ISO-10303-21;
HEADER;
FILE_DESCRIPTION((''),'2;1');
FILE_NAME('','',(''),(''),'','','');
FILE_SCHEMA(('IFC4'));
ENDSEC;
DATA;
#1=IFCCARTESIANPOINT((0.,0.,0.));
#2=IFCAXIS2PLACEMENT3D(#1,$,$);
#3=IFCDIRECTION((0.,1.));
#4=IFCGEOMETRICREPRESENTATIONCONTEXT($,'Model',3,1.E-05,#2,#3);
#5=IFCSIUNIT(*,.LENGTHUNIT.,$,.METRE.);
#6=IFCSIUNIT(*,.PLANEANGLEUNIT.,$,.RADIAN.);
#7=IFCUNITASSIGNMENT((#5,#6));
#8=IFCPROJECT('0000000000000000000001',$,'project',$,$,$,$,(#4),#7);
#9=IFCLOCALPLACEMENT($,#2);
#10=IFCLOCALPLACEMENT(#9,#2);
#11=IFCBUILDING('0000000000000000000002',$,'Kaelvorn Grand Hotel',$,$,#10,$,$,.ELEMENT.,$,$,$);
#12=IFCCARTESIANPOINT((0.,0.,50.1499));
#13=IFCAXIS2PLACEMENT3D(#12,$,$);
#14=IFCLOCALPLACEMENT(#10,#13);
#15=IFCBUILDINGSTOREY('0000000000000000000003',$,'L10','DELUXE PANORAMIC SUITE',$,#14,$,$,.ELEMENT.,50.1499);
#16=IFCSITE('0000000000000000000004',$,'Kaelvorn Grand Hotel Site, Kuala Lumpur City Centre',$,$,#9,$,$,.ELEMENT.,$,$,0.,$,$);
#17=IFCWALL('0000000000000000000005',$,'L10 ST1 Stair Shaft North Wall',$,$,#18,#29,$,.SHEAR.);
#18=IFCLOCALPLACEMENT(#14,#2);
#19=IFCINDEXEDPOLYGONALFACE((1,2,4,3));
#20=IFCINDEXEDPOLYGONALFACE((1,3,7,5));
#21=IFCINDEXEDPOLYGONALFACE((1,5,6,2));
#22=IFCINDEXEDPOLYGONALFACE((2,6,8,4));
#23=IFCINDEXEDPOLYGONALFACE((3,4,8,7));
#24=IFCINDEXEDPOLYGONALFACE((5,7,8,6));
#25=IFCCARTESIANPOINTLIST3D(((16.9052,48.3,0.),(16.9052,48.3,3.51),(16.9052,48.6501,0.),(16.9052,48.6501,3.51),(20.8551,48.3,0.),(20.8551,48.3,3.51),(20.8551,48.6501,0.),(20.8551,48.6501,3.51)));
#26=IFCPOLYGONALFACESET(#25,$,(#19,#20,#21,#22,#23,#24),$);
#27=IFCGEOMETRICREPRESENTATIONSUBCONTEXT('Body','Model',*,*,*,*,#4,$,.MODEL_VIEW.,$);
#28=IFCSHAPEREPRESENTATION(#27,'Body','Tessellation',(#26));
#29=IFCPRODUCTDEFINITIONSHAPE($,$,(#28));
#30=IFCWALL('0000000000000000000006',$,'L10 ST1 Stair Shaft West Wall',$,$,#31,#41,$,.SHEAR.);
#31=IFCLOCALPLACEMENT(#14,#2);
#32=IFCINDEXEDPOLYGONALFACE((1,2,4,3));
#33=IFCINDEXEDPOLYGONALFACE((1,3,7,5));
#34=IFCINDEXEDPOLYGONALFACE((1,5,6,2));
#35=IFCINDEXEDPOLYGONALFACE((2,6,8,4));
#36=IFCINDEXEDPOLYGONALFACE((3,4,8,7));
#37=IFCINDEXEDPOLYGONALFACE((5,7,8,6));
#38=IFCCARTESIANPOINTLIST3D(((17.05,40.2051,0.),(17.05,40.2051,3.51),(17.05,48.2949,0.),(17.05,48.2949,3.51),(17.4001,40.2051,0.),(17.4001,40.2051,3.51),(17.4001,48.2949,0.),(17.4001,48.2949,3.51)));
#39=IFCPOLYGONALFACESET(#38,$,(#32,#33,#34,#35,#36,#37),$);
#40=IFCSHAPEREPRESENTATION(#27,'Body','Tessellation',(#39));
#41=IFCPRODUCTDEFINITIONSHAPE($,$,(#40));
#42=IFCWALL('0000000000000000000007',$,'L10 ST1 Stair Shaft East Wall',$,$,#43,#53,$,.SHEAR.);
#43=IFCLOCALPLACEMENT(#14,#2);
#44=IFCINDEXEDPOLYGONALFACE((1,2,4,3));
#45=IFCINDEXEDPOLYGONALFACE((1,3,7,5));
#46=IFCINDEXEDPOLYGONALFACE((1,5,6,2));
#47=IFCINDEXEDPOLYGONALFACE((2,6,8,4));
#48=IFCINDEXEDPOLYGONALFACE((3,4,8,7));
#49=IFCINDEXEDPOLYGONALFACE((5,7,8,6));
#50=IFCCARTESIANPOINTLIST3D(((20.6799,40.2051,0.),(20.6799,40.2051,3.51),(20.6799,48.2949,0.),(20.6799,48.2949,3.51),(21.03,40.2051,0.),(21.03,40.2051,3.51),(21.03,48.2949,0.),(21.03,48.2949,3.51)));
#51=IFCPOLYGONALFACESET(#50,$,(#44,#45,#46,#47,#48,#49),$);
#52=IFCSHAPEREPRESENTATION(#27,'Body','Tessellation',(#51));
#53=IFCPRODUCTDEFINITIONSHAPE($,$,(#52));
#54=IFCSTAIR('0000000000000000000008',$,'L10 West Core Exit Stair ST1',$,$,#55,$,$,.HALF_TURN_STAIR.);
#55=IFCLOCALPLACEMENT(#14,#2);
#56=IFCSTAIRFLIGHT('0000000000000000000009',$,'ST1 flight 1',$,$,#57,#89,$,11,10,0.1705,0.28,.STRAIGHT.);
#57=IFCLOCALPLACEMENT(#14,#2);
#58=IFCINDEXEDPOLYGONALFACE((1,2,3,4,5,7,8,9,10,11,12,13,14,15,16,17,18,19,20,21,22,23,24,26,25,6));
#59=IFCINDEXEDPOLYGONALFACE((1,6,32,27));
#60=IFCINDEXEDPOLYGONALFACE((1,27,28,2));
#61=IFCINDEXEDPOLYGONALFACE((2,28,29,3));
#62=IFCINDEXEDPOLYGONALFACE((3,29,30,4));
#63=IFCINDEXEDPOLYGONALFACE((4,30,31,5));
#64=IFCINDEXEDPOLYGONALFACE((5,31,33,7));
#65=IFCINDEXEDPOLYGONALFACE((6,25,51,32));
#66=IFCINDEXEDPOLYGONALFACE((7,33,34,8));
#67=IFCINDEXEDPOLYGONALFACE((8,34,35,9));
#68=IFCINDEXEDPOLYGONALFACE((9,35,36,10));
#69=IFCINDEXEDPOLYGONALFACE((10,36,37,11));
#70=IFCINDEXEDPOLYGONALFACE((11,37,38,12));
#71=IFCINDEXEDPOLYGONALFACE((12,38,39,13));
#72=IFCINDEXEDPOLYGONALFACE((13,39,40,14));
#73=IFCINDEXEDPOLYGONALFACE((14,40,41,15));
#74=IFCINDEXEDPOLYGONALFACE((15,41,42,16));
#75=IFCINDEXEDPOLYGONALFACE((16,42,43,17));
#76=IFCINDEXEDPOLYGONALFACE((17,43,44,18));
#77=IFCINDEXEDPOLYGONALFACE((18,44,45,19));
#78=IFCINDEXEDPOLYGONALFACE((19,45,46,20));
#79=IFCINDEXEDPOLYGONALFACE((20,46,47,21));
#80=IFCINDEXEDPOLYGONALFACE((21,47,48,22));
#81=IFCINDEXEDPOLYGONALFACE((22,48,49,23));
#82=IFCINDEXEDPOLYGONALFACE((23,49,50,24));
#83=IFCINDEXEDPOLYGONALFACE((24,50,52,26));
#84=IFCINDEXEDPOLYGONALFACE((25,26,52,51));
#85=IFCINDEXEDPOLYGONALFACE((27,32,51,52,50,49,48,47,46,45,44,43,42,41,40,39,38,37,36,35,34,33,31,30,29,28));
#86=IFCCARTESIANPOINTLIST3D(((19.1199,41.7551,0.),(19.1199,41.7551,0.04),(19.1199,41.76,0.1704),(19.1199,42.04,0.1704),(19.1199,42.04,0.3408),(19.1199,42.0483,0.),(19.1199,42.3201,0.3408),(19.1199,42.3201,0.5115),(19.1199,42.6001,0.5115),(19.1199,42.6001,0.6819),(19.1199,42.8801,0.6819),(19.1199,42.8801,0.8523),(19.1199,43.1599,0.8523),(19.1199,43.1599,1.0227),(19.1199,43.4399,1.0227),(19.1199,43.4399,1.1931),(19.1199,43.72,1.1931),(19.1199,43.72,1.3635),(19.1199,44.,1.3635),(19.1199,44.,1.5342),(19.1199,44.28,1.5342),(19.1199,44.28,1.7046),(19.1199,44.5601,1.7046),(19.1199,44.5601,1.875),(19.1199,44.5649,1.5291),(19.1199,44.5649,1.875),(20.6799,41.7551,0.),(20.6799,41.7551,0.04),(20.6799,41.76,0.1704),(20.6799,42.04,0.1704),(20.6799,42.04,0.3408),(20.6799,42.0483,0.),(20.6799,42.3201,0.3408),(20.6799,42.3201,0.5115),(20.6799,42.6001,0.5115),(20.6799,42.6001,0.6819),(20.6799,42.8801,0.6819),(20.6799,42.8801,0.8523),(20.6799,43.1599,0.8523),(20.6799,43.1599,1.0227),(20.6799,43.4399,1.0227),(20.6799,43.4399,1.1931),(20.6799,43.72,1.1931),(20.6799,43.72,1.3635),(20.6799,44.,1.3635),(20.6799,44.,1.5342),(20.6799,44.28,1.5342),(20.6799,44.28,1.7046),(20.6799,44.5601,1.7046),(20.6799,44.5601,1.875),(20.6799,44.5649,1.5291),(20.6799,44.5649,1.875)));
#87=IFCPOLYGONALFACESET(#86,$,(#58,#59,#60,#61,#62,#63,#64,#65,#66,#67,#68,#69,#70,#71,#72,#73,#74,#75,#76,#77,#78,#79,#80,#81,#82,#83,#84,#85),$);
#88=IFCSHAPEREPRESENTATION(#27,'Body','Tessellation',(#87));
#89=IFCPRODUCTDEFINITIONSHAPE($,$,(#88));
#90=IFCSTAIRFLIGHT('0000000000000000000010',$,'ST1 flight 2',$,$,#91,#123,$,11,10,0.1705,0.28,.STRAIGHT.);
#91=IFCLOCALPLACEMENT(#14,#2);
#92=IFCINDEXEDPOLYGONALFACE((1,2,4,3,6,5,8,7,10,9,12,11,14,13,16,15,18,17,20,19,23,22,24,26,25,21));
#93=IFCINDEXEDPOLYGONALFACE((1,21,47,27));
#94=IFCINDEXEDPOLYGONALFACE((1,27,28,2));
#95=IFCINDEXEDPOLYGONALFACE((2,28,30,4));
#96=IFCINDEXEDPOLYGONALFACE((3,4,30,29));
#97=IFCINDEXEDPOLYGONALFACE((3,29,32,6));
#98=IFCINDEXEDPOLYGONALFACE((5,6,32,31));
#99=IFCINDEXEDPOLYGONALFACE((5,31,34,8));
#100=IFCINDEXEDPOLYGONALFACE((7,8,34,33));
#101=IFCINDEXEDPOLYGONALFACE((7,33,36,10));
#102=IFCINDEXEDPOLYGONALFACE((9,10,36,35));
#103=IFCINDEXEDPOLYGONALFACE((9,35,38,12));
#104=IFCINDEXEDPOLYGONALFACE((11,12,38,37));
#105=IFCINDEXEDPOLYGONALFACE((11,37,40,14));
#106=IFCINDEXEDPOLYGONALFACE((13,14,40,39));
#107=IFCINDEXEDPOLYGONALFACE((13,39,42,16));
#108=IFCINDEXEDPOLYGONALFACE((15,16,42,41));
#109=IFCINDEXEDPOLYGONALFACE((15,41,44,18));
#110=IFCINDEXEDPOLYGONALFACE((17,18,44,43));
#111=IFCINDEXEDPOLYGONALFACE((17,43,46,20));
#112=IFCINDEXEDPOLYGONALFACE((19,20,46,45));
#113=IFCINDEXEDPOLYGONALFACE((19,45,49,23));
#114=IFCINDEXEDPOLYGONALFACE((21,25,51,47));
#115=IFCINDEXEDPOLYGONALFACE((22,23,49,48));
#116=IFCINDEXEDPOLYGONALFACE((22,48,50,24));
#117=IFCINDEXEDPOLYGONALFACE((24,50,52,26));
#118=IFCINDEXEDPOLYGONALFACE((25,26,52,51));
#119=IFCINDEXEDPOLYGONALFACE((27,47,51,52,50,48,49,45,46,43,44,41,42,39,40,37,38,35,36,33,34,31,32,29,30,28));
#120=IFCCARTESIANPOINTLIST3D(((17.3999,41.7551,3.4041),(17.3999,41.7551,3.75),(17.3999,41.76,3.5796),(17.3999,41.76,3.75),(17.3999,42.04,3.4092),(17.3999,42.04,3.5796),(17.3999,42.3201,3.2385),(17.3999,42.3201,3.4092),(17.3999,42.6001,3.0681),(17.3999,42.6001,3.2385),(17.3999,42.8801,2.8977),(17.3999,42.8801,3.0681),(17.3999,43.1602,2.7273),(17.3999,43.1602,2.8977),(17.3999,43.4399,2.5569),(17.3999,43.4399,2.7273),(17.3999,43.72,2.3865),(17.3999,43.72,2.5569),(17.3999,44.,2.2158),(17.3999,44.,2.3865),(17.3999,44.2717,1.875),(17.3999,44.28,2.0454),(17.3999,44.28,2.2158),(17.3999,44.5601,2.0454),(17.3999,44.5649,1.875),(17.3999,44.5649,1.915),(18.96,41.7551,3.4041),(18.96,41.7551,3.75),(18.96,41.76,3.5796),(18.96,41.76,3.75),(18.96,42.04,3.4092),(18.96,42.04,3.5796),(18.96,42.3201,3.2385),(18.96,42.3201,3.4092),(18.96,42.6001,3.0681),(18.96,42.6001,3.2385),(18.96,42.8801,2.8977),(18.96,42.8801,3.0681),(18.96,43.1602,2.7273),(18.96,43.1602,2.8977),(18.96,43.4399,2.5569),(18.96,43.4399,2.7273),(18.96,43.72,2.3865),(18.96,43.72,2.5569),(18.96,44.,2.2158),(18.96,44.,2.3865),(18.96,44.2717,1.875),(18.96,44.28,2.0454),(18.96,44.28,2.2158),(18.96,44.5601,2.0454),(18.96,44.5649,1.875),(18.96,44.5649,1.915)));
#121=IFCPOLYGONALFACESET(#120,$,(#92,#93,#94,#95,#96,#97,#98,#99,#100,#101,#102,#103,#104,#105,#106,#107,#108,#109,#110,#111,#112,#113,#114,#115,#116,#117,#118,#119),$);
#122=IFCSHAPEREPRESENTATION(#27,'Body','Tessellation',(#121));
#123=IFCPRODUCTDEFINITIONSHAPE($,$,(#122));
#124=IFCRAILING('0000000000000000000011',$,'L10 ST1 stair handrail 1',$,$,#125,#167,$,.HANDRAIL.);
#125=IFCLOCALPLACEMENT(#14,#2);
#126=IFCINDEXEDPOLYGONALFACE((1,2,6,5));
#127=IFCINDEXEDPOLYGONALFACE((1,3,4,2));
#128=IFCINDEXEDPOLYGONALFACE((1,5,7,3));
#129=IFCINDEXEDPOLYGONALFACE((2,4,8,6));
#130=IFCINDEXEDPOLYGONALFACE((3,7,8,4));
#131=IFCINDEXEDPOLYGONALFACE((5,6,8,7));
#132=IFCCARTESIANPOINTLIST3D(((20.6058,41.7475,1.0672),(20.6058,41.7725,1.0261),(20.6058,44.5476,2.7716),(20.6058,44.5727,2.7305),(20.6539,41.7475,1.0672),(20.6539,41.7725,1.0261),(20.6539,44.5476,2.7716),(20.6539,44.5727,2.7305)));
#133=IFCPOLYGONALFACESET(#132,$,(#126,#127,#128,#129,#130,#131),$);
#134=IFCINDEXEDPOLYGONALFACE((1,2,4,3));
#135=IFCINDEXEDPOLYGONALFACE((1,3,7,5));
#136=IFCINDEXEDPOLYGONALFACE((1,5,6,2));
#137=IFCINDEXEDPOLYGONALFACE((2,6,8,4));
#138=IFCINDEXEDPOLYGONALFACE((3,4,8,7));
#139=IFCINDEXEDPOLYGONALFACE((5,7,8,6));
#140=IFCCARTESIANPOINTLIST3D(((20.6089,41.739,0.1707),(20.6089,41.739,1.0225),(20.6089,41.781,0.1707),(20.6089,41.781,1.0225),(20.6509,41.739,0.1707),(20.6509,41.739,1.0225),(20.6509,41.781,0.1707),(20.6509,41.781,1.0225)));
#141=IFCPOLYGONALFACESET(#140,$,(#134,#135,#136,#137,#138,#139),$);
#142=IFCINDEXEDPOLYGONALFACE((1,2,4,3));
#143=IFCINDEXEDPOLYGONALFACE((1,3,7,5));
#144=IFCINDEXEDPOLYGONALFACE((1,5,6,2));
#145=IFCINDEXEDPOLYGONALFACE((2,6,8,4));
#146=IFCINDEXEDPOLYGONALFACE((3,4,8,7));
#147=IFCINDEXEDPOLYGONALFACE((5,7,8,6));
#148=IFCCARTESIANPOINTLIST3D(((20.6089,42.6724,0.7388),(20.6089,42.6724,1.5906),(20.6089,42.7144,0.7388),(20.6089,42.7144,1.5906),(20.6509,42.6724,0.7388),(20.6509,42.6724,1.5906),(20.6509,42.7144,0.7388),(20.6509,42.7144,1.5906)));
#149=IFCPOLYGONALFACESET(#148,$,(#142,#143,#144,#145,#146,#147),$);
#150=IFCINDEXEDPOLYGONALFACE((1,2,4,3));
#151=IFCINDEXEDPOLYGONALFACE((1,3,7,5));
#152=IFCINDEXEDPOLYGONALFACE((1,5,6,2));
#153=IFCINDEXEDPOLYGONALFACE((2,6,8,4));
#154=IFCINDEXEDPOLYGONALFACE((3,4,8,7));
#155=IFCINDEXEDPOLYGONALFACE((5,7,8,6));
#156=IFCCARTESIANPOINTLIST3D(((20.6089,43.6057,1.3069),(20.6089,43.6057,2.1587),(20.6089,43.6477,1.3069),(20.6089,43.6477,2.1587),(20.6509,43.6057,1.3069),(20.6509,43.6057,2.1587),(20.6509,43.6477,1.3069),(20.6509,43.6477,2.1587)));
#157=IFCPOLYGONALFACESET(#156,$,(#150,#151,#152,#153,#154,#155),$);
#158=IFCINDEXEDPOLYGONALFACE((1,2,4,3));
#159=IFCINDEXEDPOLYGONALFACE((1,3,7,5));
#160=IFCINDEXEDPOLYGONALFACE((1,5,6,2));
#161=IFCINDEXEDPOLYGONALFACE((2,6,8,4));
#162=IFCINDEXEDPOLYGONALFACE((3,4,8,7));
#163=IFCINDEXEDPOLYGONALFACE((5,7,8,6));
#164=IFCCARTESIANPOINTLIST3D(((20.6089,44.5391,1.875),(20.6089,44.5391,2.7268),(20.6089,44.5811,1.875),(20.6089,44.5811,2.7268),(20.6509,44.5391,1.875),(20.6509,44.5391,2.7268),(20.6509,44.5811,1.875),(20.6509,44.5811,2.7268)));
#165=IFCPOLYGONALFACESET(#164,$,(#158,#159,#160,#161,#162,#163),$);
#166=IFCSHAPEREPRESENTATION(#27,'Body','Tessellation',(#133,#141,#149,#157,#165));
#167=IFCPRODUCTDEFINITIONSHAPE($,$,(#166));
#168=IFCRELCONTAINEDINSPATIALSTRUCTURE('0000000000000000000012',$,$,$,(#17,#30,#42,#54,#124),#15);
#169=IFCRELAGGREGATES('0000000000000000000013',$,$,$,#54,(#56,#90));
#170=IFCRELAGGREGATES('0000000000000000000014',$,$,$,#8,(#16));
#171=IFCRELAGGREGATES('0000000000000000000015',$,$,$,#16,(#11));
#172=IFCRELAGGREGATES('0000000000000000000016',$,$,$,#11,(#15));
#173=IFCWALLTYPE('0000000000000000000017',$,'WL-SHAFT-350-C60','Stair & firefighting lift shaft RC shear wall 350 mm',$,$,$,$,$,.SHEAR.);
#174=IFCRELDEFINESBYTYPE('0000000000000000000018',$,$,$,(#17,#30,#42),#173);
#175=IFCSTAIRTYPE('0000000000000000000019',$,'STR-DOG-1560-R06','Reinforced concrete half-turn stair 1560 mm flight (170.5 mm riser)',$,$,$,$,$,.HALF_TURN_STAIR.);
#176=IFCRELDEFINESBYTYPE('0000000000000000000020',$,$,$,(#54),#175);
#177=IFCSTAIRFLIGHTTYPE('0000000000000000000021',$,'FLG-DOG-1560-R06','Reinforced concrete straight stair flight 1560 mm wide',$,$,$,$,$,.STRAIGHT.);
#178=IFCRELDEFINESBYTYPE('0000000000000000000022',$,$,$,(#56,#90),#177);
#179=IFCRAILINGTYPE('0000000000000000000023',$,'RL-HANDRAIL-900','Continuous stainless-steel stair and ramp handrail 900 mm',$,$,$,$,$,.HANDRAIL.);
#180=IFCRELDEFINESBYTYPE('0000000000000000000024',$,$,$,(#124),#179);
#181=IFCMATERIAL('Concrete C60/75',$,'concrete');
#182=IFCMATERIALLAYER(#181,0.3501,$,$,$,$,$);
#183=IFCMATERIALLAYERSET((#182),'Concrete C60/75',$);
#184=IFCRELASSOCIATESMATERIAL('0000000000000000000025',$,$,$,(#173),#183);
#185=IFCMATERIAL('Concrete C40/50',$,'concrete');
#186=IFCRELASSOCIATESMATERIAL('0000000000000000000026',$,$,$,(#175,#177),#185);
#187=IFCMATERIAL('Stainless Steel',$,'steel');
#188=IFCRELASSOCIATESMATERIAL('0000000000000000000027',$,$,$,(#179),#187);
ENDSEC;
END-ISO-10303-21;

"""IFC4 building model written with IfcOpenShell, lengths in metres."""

from ifc_helpers import new_model, si_unit, direction, frame, frame_2d, origin, origin_2d, place, context, subcontext, project, spatial, polyline, rectangle, outline, extrude, material, layer, layer_set, type_object, element, aggregate, save


model = new_model("IFC4")

# Units and contexts
model_context = context("Model", 3, precision=1e-05, world=origin(), true_north=direction((0.0, 1.0)))
body_context = subcontext(model_context, "Body", "Model", "MODEL_VIEW")
ifc_project = project(units=[si_unit("LENGTHUNIT", "METRE"), si_unit("PLANEANGLEUNIT", "RADIAN")], contexts=[model_context])

# Site, building, storey
site_placement = place(None, origin())
site = spatial("IfcSite", under=ifc_project, at=site_placement, Name="Kaelvorn Grand Hotel Site, Kuala Lumpur City Centre", CompositionType="ELEMENT", RefElevation=0.0)
building_placement = place(site_placement, origin())
building = spatial("IfcBuilding", under=site, at=building_placement, Name="Kaelvorn Grand Hotel", CompositionType="ELEMENT")
storey_placement = place(building_placement, frame((0.0, 0.0, 50.1499)))
storey = spatial("IfcBuildingStorey", under=building, at=storey_placement, Name="L10", Description="DELUXE PANORAMIC SUITE", CompositionType="ELEMENT", Elevation=50.1499)

# Shared definitions
ifc_material_1 = material(Name="Concrete C60/75", Category="concrete")

# Shared definitions
ifc_material_2 = material(Name="Concrete C40/50", Category="concrete")

# Shared definitions
ifc_material_3 = material(Name="Stainless Steel", Category="steel")

# Walls
ifc_layer_1 = layer(ifc_material_1, 0.3501)
ifc_layer_set_1 = layer_set([ifc_layer_1], Name="Concrete C60/75")
wall_type_1 = type_object("IfcWallType", Name="WL-SHAFT-350-C60", Description="Stair & firefighting lift shaft RC shear wall 350 mm", PredefinedType="SHEAR", material=ifc_layer_set_1)
wall_1_placement = place(storey_placement, frame((16.905, 48.4751, 0.0), z_axis=(0.0, 0.0, 1.0), x_axis=(1.0, 0.0, 0.0)))
element("IfcWall", 1, at=wall_1_placement, inside=storey, type_object=wall_type_1, Name="L10 ST1 Stair Shaft North Wall", PredefinedType="SHEAR", context=body_context, shape_type="SweptSolid", body=[
    extrude(rectangle(XDim=3.95, YDim=0.3501, at=frame_2d((1.9751, 0.0))), origin(), (0.0, 0.0, 1.0), 3.51),
])
for number, where, z_axis, x_axis, name in (
    (2, (17.2251, 40.2051, 0.0), (0.0, 0.0, 1.0), (0.0, 1.0, 0.0), "L10 ST1 Stair Shaft West Wall"),
    (3, (20.855, 40.2051, 0.0), (0.0, 0.0, 1.0), (0.0, 1.0, 0.0), "L10 ST1 Stair Shaft East Wall"),
):
    element("IfcWall", number, at=place(storey_placement, frame(where, z_axis=z_axis, x_axis=x_axis)), inside=storey, type_object=wall_type_1, Name=name, PredefinedType="SHEAR", context=body_context, shape_type="SweptSolid", body=[
        extrude(rectangle(XDim=8.0898, YDim=0.3501, at=frame_2d((4.0449, 0.0))), origin(), (0.0, 0.0, 1.0), 3.51),
    ])

# Stair, stair flights
stair_type = type_object("IfcStairType", Name="STR-DOG-1560-R06", Description="Reinforced concrete half-turn stair 1560 mm flight (170.5 mm riser)", PredefinedType="HALF_TURN_STAIR", material=ifc_material_2)
stair_placement = place(storey_placement, origin())
stair = element("IfcStair", 4, at=stair_placement, inside=storey, type_object=stair_type, Name="L10 West Core Exit Stair ST1", PredefinedType="HALF_TURN_STAIR")
stair_flight_type = type_object("IfcStairFlightType", Name="FLG-DOG-1560-R06", Description="Reinforced concrete straight stair flight 1560 mm wide", PredefinedType="STRAIGHT", material=ifc_material_2)
stair_flight_1_placement = place(storey_placement, frame((19.8999, 41.76, 0.0), z_axis=(0.0, 0.0, 1.0), x_axis=(0.0, 1.0, 0.0)))
stair_flight_1 = element("IfcStairFlight", 5, at=stair_flight_1_placement, type_object=stair_flight_type, Name="ST1 flight 1", NumberOfRisers=11, NumberOfTreads=10, PredefinedType="STRAIGHT", RiserHeight=0.1705, TreadLength=0.28, context=body_context, shape_type="SweptSolid", body=[
    extrude(outline(polyline([(-0.0049, 0.0), (-0.0049, 0.04), (0.0, 0.1704), (0.28, 0.1704), (0.28, 0.3408), (0.5601, 0.3408), (0.5601, 0.5115), (0.8401, 0.5115), (0.8401, 0.6819), (1.1201, 0.6819), (1.1201, 0.8523), (1.3999, 0.8523), (1.3999, 1.0227), (1.6799, 1.0227), (1.6799, 1.1931), (1.96, 1.1931), (1.96, 1.3635), (2.24, 1.3635), (2.24, 1.5342), (2.52, 1.5342), (2.52, 1.7046), (2.8, 1.7046), (2.8, 1.875), (2.8049, 1.875), (2.8049, 1.5291), (0.2883, 0.0), (-0.0049, 0.0)])), frame((0.0, 0.78, 0.0), z_axis=(0.0, -1.0, 0.0), x_axis=(1.0, 0.0, 0.0)), (0.0, 0.0, 1.0), 1.5601),
])
stair_flight_2_placement = place(storey_placement, frame((18.1799, 44.5601, 1.875), z_axis=(0.0, 0.0, 1.0), x_axis=(0.0, -1.0, 0.0)))
stair_flight_2 = element("IfcStairFlight", 6, at=stair_flight_2_placement, type_object=stair_flight_type, Name="ST1 flight 2", NumberOfRisers=11, NumberOfTreads=10, PredefinedType="STRAIGHT", RiserHeight=0.1705, TreadLength=0.28, context=body_context, shape_type="SweptSolid", body=[
    extrude(outline(polyline([(-0.0049, 0.0), (-0.0049, 0.04), (0.0, 0.1704), (0.28, 0.1704), (0.28, 0.3408), (0.5601, 0.3408), (0.5601, 0.5115), (0.8401, 0.5115), (0.8401, 0.6819), (1.1201, 0.6819), (1.1201, 0.8523), (1.3999, 0.8523), (1.3999, 1.0227), (1.6799, 1.0227), (1.6799, 1.1931), (1.96, 1.1931), (1.96, 1.3635), (2.24, 1.3635), (2.24, 1.5342), (2.52, 1.5342), (2.52, 1.7046), (2.8, 1.7046), (2.8, 1.875), (2.8049, 1.875), (2.8049, 1.5291), (0.2883, 0.0), (-0.0049, 0.0)])), frame((0.0, 0.78, 0.0), z_axis=(0.0, -1.0, 0.0), x_axis=(1.0, 0.0, 0.0)), (0.0, 0.0, 1.0), 1.5601),
])
aggregate(stair, [stair_flight_1, stair_flight_2])

# Railing
railing_type_1 = type_object("IfcRailingType", Name="RL-HANDRAIL-900", Description="Continuous stainless-steel stair and ramp handrail 900 mm", PredefinedType="HANDRAIL", material=ifc_material_3)
railing_1_placement = place(storey_placement, frame((20.6299, 41.76, 0.1707)))
element("IfcRailing", 7, at=railing_1_placement, inside=storey, type_object=railing_type_1, Name="L10 ST1 stair handrail 1", PredefinedType="HANDRAIL", context=body_context, shape_type="SweptSolid", body=[
    extrude(rectangle(XDim=0.0481, YDim=0.0481, at=origin_2d()), frame((0.0, 0.0, 0.876), z_axis=(0.0, 0.854203, 0.51994), x_axis=(-1.0, 0.0, 0.0)), (0.0, 0.0, 1.0), 3.2781),
    extrude(rectangle(XDim=0.042, YDim=0.042, at=origin_2d()), origin(), (0.0, 0.0, 1.0), 0.8518),
    extrude(rectangle(XDim=0.042, YDim=0.042, at=origin_2d()), frame((0.0, 0.9333, 0.5681)), (0.0, 0.0, 1.0), 0.8518),
    extrude(rectangle(XDim=0.042, YDim=0.042, at=origin_2d()), frame((0.0, 1.8667, 1.1362)), (0.0, 0.0, 1.0), 0.8518),
    extrude(rectangle(XDim=0.042, YDim=0.042, at=origin_2d()), frame((0.0, 2.8, 1.7043)), (0.0, 0.0, 1.0), 0.8518),
])

save(model, "model.ifc")
